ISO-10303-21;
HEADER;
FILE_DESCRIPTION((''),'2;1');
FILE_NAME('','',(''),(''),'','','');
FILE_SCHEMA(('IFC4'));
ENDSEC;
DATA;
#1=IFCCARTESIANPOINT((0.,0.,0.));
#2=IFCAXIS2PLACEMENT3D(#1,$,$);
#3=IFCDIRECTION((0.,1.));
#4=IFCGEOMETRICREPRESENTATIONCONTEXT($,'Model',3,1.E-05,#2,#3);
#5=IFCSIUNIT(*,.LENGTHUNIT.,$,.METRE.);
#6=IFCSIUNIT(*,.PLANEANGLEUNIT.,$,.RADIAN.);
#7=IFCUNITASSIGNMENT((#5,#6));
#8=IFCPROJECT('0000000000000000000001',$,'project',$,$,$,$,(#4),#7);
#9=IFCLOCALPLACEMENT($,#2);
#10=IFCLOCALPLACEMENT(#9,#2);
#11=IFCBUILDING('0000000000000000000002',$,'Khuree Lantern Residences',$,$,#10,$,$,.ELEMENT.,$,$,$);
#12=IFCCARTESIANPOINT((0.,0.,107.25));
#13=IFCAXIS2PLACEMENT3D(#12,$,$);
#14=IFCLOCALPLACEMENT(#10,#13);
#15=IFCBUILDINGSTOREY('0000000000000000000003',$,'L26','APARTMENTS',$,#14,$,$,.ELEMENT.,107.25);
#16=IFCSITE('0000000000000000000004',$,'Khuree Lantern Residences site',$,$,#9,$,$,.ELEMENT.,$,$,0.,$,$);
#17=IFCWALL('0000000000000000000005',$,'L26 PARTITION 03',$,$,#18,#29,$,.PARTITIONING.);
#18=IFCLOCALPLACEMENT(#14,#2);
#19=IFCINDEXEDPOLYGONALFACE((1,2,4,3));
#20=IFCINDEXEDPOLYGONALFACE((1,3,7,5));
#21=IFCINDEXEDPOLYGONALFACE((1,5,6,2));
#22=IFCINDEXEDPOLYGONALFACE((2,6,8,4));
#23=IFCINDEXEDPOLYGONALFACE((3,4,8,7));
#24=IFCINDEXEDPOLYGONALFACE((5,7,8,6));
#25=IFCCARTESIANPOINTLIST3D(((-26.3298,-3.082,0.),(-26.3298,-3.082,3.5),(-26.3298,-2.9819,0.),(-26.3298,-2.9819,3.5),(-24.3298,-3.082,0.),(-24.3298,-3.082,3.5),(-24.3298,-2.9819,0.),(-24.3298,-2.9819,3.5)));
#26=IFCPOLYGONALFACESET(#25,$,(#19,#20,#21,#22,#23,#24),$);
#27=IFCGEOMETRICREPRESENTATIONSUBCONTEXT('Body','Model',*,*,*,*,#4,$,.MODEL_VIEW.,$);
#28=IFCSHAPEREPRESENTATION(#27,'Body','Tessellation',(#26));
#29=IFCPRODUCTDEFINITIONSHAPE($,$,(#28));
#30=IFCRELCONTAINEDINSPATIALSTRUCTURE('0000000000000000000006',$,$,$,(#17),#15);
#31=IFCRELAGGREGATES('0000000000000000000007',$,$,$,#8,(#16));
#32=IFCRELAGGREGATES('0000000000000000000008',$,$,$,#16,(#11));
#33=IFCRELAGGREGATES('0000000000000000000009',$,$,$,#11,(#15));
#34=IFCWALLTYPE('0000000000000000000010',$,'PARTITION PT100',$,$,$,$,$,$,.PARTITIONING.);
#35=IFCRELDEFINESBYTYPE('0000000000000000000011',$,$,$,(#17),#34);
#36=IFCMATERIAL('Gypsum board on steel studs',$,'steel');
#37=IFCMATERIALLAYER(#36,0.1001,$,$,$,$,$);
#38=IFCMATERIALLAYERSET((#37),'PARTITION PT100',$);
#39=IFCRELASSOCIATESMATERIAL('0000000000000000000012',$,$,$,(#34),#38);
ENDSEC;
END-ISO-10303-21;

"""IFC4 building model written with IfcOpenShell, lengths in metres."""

from ifc_helpers import new_model, si_unit, direction, frame, frame_2d, origin, place, context, subcontext, project, spatial, rectangle, extrude, material, layer, layer_set, type_object, element, save


model = new_model("IFC4")

# Units and contexts
model_context = context("Model", 3, precision=1e-05, world=origin(), true_north=direction((0.0, 1.0)))
body_context = subcontext(model_context, "Body", "Model", "MODEL_VIEW")
ifc_project = project(units=[si_unit("LENGTHUNIT", "METRE"), si_unit("PLANEANGLEUNIT", "RADIAN")], contexts=[model_context])

# Site, building, storey
site_placement = place(None, origin())
site = spatial("IfcSite", under=ifc_project, at=site_placement, Name="Khuree Lantern Residences site", CompositionType="ELEMENT", RefElevation=0.0)
building_placement = place(site_placement, origin())
building = spatial("IfcBuilding", under=site, at=building_placement, Name="Khuree Lantern Residences", CompositionType="ELEMENT")
storey_placement = place(building_placement, frame((0.0, 0.0, 107.25)))
storey = spatial("IfcBuildingStorey", under=building, at=storey_placement, Name="L26", Description="APARTMENTS", CompositionType="ELEMENT", Elevation=107.25)

# Shared definitions
ifc_material_1 = material(Name="Gypsum board on steel studs", Category="steel")
ifc_layer_1 = layer(ifc_material_1, 0.1001)
ifc_layer_set_1 = layer_set([ifc_layer_1], Name="PARTITION PT100")
wall_type_1 = type_object("IfcWallType", Name="PARTITION PT100", PredefinedType="PARTITIONING", material=ifc_layer_set_1)

# Wall
wall_1_placement = place(storey_placement, frame((-24.3298, -3.032, 0.0), z_axis=(0.0, 0.0, 1.0), x_axis=(-1.0, 0.0, 0.0)))
element("IfcWall", 1, at=wall_1_placement, inside=storey, type_object=wall_type_1, Name="L26 PARTITION 03", PredefinedType="PARTITIONING", context=body_context, shape_type="SweptSolid", body=[
    extrude(rectangle(XDim=2.0, YDim=0.1001, at=frame_2d((1.0, 0.0))), origin(), (0.0, 0.0, 1.0), 3.5),
])

save(model, "model.ifc")
